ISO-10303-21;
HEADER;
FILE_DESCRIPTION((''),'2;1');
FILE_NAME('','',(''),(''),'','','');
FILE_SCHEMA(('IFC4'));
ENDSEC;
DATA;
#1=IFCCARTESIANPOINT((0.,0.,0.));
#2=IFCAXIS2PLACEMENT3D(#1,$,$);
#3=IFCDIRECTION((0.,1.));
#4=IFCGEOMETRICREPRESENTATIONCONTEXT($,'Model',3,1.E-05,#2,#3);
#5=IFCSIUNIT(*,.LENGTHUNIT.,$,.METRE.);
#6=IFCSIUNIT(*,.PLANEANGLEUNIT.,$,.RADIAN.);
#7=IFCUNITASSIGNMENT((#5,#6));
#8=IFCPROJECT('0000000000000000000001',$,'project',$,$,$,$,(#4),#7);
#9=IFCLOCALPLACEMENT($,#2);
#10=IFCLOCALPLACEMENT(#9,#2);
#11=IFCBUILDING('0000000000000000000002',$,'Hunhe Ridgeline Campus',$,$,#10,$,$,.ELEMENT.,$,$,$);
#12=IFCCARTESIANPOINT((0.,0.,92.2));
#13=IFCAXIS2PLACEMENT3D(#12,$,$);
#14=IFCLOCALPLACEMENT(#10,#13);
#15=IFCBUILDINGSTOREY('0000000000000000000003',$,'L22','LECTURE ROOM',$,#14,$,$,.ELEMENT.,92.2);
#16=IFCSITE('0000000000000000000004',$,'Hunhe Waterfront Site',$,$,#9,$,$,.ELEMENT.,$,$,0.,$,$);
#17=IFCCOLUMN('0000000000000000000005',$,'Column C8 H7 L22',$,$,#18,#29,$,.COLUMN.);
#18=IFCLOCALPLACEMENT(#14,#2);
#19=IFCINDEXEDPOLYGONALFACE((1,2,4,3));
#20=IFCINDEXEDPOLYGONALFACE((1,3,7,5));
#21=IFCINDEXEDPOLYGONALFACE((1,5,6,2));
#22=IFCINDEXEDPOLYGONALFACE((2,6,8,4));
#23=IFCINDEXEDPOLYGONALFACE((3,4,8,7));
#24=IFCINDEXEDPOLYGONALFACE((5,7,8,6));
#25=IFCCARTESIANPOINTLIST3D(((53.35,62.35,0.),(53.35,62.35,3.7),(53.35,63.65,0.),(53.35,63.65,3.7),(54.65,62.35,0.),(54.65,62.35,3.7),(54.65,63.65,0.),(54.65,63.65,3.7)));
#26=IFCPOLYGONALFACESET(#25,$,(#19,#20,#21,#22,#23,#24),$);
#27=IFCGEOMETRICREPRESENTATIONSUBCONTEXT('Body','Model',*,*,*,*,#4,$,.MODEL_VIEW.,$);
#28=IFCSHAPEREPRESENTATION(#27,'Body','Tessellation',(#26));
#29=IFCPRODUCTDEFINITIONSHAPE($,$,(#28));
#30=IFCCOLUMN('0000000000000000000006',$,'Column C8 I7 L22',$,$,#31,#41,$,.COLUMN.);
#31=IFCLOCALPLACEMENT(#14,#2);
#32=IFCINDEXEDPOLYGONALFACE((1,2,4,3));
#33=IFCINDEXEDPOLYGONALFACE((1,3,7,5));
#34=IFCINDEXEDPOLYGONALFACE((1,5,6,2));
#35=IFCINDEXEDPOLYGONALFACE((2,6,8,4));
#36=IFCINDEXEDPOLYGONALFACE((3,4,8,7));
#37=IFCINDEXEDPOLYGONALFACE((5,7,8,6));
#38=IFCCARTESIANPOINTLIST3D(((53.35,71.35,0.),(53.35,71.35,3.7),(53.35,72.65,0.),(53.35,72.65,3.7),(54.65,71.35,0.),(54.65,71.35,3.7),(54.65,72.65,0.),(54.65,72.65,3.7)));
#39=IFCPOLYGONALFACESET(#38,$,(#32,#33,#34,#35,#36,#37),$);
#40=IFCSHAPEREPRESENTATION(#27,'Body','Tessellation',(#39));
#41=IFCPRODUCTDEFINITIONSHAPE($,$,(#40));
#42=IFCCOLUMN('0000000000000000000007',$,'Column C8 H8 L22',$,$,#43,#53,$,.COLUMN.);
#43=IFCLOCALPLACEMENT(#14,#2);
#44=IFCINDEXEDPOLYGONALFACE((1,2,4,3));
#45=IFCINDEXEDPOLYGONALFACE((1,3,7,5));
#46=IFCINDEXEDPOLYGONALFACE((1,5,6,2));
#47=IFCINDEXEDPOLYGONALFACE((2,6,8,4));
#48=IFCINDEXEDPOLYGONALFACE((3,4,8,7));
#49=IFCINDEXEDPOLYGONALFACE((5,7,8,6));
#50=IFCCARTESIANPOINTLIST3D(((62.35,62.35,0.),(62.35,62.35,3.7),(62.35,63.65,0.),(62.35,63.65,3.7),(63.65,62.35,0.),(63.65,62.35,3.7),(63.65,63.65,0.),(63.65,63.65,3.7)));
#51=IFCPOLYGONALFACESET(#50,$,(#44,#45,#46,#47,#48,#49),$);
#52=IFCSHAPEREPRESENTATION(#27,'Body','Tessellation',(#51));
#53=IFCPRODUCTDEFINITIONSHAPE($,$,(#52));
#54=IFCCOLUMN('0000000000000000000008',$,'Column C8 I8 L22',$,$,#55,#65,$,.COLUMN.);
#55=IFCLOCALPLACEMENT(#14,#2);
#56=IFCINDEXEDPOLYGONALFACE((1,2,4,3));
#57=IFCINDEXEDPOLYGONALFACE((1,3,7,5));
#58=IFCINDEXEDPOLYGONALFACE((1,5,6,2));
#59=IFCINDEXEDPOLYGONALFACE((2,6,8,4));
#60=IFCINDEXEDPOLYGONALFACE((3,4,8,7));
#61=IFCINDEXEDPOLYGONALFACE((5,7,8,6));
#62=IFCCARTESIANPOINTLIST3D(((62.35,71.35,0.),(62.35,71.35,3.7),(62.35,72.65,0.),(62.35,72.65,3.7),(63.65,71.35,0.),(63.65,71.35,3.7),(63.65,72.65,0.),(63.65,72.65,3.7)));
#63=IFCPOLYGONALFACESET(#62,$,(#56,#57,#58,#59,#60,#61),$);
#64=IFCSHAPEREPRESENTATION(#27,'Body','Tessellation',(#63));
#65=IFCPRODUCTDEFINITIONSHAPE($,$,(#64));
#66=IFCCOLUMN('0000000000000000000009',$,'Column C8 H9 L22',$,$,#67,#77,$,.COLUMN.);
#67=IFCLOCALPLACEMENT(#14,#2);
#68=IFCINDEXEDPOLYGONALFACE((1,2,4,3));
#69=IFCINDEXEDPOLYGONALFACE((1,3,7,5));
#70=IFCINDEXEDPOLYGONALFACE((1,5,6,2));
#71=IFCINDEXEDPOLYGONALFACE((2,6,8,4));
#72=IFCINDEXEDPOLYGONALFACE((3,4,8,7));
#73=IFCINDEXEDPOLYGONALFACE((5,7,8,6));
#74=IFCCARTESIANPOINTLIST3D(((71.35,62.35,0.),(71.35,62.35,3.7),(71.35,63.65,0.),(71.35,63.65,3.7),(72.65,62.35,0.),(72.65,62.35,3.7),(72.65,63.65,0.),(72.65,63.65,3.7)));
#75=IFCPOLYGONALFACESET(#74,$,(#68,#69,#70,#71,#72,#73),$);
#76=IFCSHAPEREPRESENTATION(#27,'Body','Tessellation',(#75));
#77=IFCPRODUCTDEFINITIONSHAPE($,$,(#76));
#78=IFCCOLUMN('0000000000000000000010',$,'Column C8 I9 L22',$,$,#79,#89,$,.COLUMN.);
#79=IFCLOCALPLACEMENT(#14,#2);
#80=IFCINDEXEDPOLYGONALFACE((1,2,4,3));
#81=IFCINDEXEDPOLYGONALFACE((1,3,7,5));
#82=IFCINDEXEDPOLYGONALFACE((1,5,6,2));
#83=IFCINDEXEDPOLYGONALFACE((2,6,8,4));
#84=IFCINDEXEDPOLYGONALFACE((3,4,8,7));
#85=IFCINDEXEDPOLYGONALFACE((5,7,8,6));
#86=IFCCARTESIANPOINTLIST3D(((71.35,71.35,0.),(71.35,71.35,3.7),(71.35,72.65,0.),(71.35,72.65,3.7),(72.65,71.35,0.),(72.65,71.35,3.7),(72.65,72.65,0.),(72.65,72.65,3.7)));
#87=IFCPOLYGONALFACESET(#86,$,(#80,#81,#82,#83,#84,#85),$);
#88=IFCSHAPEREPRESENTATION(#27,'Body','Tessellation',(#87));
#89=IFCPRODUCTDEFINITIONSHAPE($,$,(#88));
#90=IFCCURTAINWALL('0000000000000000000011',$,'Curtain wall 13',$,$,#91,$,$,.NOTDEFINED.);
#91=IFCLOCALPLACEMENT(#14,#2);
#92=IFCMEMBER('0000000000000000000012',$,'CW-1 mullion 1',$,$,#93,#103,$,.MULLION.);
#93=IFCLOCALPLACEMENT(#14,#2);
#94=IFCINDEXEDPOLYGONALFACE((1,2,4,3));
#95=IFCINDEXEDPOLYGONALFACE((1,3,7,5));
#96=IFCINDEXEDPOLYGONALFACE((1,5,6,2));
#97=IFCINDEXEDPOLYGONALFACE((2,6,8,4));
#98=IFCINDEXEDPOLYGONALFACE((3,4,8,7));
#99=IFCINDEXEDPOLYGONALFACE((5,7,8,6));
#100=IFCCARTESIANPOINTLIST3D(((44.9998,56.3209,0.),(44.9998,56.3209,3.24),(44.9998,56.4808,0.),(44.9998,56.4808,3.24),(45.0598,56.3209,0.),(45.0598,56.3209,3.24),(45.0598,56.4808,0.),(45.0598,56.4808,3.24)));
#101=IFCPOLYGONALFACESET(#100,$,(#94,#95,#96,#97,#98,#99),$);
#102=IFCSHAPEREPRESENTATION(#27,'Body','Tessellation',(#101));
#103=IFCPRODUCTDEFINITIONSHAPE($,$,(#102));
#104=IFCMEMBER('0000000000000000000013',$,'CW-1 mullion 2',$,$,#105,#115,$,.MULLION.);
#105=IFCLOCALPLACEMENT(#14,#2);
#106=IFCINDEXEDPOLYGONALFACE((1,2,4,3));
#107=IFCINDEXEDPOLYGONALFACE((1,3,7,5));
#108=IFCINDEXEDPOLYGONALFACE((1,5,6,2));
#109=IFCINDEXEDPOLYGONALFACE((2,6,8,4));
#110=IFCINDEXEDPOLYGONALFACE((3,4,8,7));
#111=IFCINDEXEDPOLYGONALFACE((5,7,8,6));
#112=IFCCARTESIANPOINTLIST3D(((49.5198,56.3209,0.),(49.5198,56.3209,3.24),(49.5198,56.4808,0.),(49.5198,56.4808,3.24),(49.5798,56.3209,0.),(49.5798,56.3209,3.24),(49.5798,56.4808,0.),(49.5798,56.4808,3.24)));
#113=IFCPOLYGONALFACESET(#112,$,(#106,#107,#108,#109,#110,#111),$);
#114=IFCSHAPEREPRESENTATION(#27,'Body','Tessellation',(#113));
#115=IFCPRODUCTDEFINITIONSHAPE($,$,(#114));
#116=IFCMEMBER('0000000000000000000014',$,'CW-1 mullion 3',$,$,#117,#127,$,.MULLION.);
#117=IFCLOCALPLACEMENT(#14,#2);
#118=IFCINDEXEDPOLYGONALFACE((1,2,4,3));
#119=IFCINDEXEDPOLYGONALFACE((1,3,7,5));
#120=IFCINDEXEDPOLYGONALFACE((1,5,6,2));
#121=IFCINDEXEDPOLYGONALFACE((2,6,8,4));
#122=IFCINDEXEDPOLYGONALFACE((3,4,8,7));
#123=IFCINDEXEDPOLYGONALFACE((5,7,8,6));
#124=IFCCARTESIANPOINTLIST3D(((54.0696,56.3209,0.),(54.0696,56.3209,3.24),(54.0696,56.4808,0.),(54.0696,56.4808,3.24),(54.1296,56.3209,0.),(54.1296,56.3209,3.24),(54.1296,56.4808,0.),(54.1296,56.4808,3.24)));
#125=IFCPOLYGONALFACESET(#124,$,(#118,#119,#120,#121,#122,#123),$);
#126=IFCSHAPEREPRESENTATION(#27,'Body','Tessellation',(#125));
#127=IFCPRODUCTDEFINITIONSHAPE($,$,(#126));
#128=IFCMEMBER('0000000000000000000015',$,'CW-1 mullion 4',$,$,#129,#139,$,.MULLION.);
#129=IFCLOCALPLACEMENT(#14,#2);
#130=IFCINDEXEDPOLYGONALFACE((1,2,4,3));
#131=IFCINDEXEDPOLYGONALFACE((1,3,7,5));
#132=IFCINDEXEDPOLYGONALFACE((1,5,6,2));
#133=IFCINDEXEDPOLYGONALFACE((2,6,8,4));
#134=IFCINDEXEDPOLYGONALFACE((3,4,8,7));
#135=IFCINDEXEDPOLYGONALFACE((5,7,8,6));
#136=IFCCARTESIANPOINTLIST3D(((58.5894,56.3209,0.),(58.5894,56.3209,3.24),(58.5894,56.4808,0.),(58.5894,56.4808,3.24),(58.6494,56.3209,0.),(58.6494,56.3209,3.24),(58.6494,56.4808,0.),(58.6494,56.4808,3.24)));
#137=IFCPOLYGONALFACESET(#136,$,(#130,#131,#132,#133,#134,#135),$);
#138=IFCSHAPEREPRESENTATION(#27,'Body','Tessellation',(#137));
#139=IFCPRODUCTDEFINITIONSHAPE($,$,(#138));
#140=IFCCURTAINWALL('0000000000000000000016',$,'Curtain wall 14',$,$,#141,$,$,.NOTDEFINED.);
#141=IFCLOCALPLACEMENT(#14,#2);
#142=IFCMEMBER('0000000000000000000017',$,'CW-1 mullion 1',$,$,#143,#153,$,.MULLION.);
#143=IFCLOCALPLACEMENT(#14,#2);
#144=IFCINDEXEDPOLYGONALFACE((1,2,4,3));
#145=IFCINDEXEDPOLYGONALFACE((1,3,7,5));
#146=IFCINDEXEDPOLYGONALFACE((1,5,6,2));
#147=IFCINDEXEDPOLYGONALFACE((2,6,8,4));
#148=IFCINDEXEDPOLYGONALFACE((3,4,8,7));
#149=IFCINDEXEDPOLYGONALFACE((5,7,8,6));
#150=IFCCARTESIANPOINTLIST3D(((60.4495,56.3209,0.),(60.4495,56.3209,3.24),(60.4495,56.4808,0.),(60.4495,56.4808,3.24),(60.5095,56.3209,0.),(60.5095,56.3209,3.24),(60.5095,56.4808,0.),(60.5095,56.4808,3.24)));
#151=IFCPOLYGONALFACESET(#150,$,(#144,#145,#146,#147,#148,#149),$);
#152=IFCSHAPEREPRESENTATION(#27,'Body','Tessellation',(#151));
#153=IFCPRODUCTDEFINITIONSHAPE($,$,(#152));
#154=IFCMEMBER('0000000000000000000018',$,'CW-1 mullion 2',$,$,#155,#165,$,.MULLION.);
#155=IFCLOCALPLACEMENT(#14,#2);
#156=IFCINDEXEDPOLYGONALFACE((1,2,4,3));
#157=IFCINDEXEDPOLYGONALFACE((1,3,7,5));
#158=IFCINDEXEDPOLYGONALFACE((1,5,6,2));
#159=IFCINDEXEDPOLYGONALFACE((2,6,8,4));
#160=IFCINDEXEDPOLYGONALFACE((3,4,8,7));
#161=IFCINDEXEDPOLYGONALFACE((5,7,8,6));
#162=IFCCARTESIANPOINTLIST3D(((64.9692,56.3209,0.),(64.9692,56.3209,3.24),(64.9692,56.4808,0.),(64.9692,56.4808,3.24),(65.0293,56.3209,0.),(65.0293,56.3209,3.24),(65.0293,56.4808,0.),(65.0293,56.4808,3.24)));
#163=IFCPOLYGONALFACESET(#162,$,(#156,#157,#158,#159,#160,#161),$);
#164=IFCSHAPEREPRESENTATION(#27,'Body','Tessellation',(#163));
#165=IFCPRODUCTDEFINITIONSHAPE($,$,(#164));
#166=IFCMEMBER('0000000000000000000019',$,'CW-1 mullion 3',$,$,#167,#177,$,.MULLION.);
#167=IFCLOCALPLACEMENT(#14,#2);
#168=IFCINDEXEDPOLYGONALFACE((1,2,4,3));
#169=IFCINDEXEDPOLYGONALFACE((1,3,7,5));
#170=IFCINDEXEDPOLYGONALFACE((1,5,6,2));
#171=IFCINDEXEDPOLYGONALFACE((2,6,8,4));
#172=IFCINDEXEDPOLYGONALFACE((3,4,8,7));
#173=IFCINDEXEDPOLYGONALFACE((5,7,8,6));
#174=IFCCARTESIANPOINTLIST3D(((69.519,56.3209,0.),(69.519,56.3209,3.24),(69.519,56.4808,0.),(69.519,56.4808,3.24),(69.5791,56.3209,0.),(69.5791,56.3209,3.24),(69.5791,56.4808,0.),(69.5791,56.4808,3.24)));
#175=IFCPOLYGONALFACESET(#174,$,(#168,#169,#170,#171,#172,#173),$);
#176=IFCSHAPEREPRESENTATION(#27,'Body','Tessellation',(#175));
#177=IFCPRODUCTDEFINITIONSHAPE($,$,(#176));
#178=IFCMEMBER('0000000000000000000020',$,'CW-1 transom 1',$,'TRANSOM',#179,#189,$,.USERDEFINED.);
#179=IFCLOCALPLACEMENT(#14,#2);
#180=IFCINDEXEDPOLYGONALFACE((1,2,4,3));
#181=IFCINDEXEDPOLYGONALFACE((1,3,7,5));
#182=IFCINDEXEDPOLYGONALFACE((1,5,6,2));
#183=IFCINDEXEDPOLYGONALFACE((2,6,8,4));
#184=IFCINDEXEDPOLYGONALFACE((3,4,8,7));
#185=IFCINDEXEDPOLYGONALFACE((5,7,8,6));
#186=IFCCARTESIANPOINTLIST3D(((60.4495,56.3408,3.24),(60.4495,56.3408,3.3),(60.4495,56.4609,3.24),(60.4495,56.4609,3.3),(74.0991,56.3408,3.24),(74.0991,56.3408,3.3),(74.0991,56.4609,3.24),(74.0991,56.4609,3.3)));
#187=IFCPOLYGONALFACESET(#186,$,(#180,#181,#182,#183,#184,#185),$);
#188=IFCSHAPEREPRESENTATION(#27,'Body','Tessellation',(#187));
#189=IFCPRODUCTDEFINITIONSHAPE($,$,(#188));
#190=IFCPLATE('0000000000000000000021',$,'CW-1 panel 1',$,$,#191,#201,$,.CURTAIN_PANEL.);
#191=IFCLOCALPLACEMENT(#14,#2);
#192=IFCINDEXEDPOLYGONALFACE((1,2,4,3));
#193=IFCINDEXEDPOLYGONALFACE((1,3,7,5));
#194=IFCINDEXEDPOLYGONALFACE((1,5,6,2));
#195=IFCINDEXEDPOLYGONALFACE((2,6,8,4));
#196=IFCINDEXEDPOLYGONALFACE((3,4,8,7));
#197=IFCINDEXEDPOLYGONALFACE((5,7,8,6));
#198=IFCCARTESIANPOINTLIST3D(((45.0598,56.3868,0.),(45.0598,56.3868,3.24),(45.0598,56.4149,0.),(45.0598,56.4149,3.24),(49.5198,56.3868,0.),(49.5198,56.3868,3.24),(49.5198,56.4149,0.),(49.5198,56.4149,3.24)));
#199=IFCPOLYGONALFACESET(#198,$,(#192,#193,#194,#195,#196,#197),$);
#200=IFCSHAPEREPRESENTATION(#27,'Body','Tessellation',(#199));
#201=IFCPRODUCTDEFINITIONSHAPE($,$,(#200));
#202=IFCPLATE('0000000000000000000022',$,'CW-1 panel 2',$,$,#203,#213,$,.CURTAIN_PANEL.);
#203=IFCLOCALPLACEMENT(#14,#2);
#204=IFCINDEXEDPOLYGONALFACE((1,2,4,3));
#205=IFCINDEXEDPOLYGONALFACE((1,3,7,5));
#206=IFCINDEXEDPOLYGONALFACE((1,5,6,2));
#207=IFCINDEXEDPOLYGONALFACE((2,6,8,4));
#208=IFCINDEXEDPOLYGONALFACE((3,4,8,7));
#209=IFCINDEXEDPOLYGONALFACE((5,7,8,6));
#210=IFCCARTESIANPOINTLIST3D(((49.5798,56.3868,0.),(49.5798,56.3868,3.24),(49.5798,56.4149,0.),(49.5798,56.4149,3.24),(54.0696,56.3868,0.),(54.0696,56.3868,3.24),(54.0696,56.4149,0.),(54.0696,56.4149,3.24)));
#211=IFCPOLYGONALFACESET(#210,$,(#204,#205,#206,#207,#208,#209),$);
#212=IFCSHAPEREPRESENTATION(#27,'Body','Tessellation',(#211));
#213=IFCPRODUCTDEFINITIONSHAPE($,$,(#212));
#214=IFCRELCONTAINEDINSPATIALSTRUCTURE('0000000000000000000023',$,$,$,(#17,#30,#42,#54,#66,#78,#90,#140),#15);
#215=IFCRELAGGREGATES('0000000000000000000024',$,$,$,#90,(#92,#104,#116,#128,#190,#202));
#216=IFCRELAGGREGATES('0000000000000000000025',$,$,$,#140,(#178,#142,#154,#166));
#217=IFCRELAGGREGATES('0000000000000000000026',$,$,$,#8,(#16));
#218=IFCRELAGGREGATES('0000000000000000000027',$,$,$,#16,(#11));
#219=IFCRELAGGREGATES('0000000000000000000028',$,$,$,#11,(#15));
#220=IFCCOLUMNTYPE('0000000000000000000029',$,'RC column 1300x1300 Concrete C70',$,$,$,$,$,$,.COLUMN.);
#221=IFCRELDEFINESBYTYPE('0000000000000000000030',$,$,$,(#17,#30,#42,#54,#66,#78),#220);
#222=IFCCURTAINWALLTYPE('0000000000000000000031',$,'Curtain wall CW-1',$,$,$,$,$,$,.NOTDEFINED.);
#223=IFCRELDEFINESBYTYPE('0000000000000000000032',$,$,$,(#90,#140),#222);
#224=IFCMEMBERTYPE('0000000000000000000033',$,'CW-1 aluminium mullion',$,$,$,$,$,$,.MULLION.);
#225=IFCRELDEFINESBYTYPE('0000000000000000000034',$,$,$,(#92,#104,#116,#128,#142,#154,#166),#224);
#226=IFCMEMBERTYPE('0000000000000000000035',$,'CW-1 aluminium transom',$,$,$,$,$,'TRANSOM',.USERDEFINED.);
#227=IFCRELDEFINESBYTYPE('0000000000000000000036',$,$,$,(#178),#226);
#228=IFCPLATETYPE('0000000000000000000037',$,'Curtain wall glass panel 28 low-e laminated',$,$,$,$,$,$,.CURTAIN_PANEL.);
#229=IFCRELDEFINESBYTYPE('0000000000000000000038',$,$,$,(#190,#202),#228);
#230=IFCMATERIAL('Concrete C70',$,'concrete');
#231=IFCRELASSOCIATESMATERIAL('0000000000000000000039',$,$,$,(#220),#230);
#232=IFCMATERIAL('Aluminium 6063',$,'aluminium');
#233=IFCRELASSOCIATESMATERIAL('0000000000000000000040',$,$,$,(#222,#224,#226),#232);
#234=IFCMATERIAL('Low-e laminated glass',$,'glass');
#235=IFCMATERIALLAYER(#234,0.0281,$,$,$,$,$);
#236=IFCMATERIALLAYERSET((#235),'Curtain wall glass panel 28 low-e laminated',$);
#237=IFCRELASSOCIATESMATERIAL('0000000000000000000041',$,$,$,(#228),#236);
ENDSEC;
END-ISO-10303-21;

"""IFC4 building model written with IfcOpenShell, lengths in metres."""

from ifc_helpers import new_model, si_unit, direction, frame, origin, origin_2d, place, context, subcontext, project, spatial, rectangle, extrude, material, layer, layer_set, material_profile, profile_set, type_object, element, aggregate, save


model = new_model("IFC4")

# Units and contexts
model_context = context("Model", 3, precision=1e-05, world=origin(), true_north=direction((0.0, 1.0)))
body_context = subcontext(model_context, "Body", "Model", "MODEL_VIEW")
ifc_project = project(units=[si_unit("LENGTHUNIT", "METRE"), si_unit("PLANEANGLEUNIT", "RADIAN")], contexts=[model_context])

# Site, building, storey
site_placement = place(None, origin())
site = spatial("IfcSite", under=ifc_project, at=site_placement, Name="Hunhe Waterfront Site", CompositionType="ELEMENT", RefElevation=0.0)
building_placement = place(site_placement, origin())
building = spatial("IfcBuilding", under=site, at=building_placement, Name="Hunhe Ridgeline Campus", CompositionType="ELEMENT")
storey_placement = place(building_placement, frame((0.0, 0.0, 92.2)))
storey = spatial("IfcBuildingStorey", under=building, at=storey_placement, Name="L22", Description="LECTURE ROOM", CompositionType="ELEMENT", Elevation=92.2)

# Columns
ifc_material_1 = material(Name="Concrete C70", Category="concrete")
ifc_material_profile_1 = material_profile(ifc_material_1, rectangle(XDim=1.3, YDim=1.3, at=origin_2d()))
ifc_profile_set_1 = profile_set([ifc_material_profile_1], Name="Concrete C70")
column_type = type_object("IfcColumnType", Name="RC column 1300x1300 Concrete C70", PredefinedType="COLUMN", material=ifc_profile_set_1)
for number, where, z_axis, x_axis, name in (
    (1, (54.0, 63.0, 0.0), (0.0, 0.0, 1.0), (1.0, 0.0, 0.0), "Column C8 H7 L22"),
    (2, (54.0, 72.0, 0.0), (0.0, 0.0, 1.0), (1.0, 0.0, 0.0), "Column C8 I7 L22"),
    (3, (63.0, 63.0, 0.0), (0.0, 0.0, 1.0), (1.0, 0.0, 0.0), "Column C8 H8 L22"),
    (4, (63.0, 72.0, 0.0), (0.0, 0.0, 1.0), (1.0, 0.0, 0.0), "Column C8 I8 L22"),
    (5, (72.0, 63.0, 0.0), (0.0, 0.0, 1.0), (1.0, 0.0, 0.0), "Column C8 H9 L22"),
    (6, (72.0, 72.0, 0.0), (0.0, 0.0, 1.0), (1.0, 0.0, 0.0), "Column C8 I9 L22"),
):
    element("IfcColumn", number, at=place(storey_placement, frame(where, z_axis=z_axis, x_axis=x_axis)), inside=storey, type_object=column_type, Name=name, PredefinedType="COLUMN", context=body_context, shape_type="SweptSolid", body=[
        extrude(rectangle(XDim=1.3, YDim=1.3, at=origin_2d()), origin(), (0.0, 0.0, 1.0), 3.7),
    ])

# Curtain walls, members
ifc_material_2 = material(Name="Aluminium 6063", Category="aluminium")
curtain_wall_type = type_object("IfcCurtainWallType", Name="Curtain wall CW-1", PredefinedType="NOTDEFINED", material=ifc_material_2)
curtain_wall_1_placement = place(storey_placement, origin())
curtain_wall_1 = element("IfcCurtainWall", 7, at=curtain_wall_1_placement, inside=storey, type_object=curtain_wall_type, Name="Curtain wall 13", PredefinedType="NOTDEFINED")
ifc_material_profile_2 = material_profile(ifc_material_2, rectangle(XDim=0.1599, YDim=0.0601, at=origin_2d()))
ifc_profile_set_2 = profile_set([ifc_material_profile_2], Name="Aluminium 6063")
member_type_1 = type_object("IfcMemberType", Name="CW-1 aluminium mullion", PredefinedType="MULLION", material=ifc_profile_set_2)
member_1_placement = place(storey_placement, frame((45.0298, 56.4009, 0.0), z_axis=(0.0, 0.0, 1.0), x_axis=(0.0, 1.0, 0.0)))
member_1 = element("IfcMember", 8, at=member_1_placement, type_object=member_type_1, Name="CW-1 mullion 1", PredefinedType="MULLION", context=body_context, shape_type="SweptSolid", body=[
    extrude(rectangle(XDim=0.1599, YDim=0.0601, at=origin_2d()), origin(), (0.0, 0.0, 1.0), 3.24),
])
member_2_placement = place(storey_placement, frame((49.5498, 56.4009, 0.0), z_axis=(0.0, 0.0, 1.0), x_axis=(0.0, 1.0, 0.0)))
member_2 = element("IfcMember", 9, at=member_2_placement, type_object=member_type_1, Name="CW-1 mullion 2", PredefinedType="MULLION", context=body_context, shape_type="SweptSolid", body=[
    extrude(rectangle(XDim=0.1599, YDim=0.0601, at=origin_2d()), origin(), (0.0, 0.0, 1.0), 3.24),
])
member_3_placement = place(storey_placement, frame((54.0996, 56.4009, 0.0), z_axis=(0.0, 0.0, 1.0), x_axis=(0.0, 1.0, 0.0)))
member_3 = element("IfcMember", 10, at=member_3_placement, type_object=member_type_1, Name="CW-1 mullion 3", PredefinedType="MULLION", context=body_context, shape_type="SweptSolid", body=[
    extrude(rectangle(XDim=0.1599, YDim=0.0601, at=origin_2d()), origin(), (0.0, 0.0, 1.0), 3.24),
])
member_4_placement = place(storey_placement, frame((58.6194, 56.4009, 0.0), z_axis=(0.0, 0.0, 1.0), x_axis=(0.0, 1.0, 0.0)))
member_4 = element("IfcMember", 11, at=member_4_placement, type_object=member_type_1, Name="CW-1 mullion 4", PredefinedType="MULLION", context=body_context, shape_type="SweptSolid", body=[
    extrude(rectangle(XDim=0.1599, YDim=0.0601, at=origin_2d()), origin(), (0.0, 0.0, 1.0), 3.24),
])
curtain_wall_2_placement = place(storey_placement, origin())
curtain_wall_2 = element("IfcCurtainWall", 12, at=curtain_wall_2_placement, inside=storey, type_object=curtain_wall_type, Name="Curtain wall 14", PredefinedType="NOTDEFINED")
member_5_placement = place(storey_placement, frame((60.4795, 56.4009, 0.0), z_axis=(0.0, 0.0, 1.0), x_axis=(0.0, 1.0, 0.0)))
member_5 = element("IfcMember", 13, at=member_5_placement, type_object=member_type_1, Name="CW-1 mullion 1", PredefinedType="MULLION", context=body_context, shape_type="SweptSolid", body=[
    extrude(rectangle(XDim=0.1599, YDim=0.0601, at=origin_2d()), origin(), (0.0, 0.0, 1.0), 3.24),
])
member_6_placement = place(storey_placement, frame((64.9993, 56.4009, 0.0), z_axis=(0.0, 0.0, 1.0), x_axis=(0.0, 1.0, 0.0)))
member_6 = element("IfcMember", 14, at=member_6_placement, type_object=member_type_1, Name="CW-1 mullion 2", PredefinedType="MULLION", context=body_context, shape_type="SweptSolid", body=[
    extrude(rectangle(XDim=0.1599, YDim=0.0601, at=origin_2d()), origin(), (0.0, 0.0, 1.0), 3.24),
])
member_7_placement = place(storey_placement, frame((69.5491, 56.4009, 0.0), z_axis=(0.0, 0.0, 1.0), x_axis=(0.0, 1.0, 0.0)))
member_7 = element("IfcMember", 15, at=member_7_placement, type_object=member_type_1, Name="CW-1 mullion 3", PredefinedType="MULLION", context=body_context, shape_type="SweptSolid", body=[
    extrude(rectangle(XDim=0.1599, YDim=0.0601, at=origin_2d()), origin(), (0.0, 0.0, 1.0), 3.24),
])
ifc_material_profile_3 = material_profile(ifc_material_2, rectangle(XDim=0.1201, YDim=0.0601, at=origin_2d()))
ifc_profile_set_3 = profile_set([ifc_material_profile_3], Name="Aluminium 6063")
member_type_2 = type_object("IfcMemberType", Name="CW-1 aluminium transom", ElementType="TRANSOM", PredefinedType="USERDEFINED", material=ifc_profile_set_3)
member_8_placement = place(storey_placement, frame((60.4495, 56.4009, 3.27), z_axis=(1.0, 0.0, 0.0), x_axis=(0.0, 1.0, 0.0)))
member_8 = element("IfcMember", 16, at=member_8_placement, type_object=member_type_2, Name="CW-1 transom 1", ObjectType="TRANSOM", PredefinedType="USERDEFINED", context=body_context, shape_type="SweptSolid", body=[
    extrude(rectangle(XDim=0.1201, YDim=0.0601, at=origin_2d()), origin(), (0.0, 0.0, 1.0), 13.6497),
])

# Plates
ifc_material_3 = material(Name="Low-e laminated glass", Category="glass")
ifc_layer_1 = layer(ifc_material_3, 0.0281)
ifc_layer_set_1 = layer_set([ifc_layer_1], Name="Curtain wall glass panel 28 low-e laminated")
plate_type = type_object("IfcPlateType", Name="Curtain wall glass panel 28 low-e laminated", PredefinedType="CURTAIN_PANEL", material=ifc_layer_set_1)
plate_1_placement = place(storey_placement, frame((47.2898, 56.4009, 0.0), z_axis=(0.0, 0.0, 1.0), x_axis=(1.0, 0.0, 0.0)))
plate_1 = element("IfcPlate", 17, at=plate_1_placement, type_object=plate_type, Name="CW-1 panel 1", PredefinedType="CURTAIN_PANEL", context=body_context, shape_type="SweptSolid", body=[
    extrude(rectangle(XDim=4.46, YDim=0.0281, at=origin_2d()), origin(), (0.0, 0.0, 1.0), 3.24),
])
plate_2_placement = place(storey_placement, frame((51.8247, 56.4009, 0.0), z_axis=(0.0, 0.0, 1.0), x_axis=(1.0, 0.0, 0.0)))
plate_2 = element("IfcPlate", 18, at=plate_2_placement, type_object=plate_type, Name="CW-1 panel 2", PredefinedType="CURTAIN_PANEL", context=body_context, shape_type="SweptSolid", body=[
    extrude(rectangle(XDim=4.4897, YDim=0.0281, at=origin_2d()), origin(), (0.0, 0.0, 1.0), 3.24),
])
aggregate(curtain_wall_1, [member_1, member_2, member_3, member_4, plate_1, plate_2])
aggregate(curtain_wall_2, [member_8, member_5, member_6, member_7])

save(model, "model.ifc")
